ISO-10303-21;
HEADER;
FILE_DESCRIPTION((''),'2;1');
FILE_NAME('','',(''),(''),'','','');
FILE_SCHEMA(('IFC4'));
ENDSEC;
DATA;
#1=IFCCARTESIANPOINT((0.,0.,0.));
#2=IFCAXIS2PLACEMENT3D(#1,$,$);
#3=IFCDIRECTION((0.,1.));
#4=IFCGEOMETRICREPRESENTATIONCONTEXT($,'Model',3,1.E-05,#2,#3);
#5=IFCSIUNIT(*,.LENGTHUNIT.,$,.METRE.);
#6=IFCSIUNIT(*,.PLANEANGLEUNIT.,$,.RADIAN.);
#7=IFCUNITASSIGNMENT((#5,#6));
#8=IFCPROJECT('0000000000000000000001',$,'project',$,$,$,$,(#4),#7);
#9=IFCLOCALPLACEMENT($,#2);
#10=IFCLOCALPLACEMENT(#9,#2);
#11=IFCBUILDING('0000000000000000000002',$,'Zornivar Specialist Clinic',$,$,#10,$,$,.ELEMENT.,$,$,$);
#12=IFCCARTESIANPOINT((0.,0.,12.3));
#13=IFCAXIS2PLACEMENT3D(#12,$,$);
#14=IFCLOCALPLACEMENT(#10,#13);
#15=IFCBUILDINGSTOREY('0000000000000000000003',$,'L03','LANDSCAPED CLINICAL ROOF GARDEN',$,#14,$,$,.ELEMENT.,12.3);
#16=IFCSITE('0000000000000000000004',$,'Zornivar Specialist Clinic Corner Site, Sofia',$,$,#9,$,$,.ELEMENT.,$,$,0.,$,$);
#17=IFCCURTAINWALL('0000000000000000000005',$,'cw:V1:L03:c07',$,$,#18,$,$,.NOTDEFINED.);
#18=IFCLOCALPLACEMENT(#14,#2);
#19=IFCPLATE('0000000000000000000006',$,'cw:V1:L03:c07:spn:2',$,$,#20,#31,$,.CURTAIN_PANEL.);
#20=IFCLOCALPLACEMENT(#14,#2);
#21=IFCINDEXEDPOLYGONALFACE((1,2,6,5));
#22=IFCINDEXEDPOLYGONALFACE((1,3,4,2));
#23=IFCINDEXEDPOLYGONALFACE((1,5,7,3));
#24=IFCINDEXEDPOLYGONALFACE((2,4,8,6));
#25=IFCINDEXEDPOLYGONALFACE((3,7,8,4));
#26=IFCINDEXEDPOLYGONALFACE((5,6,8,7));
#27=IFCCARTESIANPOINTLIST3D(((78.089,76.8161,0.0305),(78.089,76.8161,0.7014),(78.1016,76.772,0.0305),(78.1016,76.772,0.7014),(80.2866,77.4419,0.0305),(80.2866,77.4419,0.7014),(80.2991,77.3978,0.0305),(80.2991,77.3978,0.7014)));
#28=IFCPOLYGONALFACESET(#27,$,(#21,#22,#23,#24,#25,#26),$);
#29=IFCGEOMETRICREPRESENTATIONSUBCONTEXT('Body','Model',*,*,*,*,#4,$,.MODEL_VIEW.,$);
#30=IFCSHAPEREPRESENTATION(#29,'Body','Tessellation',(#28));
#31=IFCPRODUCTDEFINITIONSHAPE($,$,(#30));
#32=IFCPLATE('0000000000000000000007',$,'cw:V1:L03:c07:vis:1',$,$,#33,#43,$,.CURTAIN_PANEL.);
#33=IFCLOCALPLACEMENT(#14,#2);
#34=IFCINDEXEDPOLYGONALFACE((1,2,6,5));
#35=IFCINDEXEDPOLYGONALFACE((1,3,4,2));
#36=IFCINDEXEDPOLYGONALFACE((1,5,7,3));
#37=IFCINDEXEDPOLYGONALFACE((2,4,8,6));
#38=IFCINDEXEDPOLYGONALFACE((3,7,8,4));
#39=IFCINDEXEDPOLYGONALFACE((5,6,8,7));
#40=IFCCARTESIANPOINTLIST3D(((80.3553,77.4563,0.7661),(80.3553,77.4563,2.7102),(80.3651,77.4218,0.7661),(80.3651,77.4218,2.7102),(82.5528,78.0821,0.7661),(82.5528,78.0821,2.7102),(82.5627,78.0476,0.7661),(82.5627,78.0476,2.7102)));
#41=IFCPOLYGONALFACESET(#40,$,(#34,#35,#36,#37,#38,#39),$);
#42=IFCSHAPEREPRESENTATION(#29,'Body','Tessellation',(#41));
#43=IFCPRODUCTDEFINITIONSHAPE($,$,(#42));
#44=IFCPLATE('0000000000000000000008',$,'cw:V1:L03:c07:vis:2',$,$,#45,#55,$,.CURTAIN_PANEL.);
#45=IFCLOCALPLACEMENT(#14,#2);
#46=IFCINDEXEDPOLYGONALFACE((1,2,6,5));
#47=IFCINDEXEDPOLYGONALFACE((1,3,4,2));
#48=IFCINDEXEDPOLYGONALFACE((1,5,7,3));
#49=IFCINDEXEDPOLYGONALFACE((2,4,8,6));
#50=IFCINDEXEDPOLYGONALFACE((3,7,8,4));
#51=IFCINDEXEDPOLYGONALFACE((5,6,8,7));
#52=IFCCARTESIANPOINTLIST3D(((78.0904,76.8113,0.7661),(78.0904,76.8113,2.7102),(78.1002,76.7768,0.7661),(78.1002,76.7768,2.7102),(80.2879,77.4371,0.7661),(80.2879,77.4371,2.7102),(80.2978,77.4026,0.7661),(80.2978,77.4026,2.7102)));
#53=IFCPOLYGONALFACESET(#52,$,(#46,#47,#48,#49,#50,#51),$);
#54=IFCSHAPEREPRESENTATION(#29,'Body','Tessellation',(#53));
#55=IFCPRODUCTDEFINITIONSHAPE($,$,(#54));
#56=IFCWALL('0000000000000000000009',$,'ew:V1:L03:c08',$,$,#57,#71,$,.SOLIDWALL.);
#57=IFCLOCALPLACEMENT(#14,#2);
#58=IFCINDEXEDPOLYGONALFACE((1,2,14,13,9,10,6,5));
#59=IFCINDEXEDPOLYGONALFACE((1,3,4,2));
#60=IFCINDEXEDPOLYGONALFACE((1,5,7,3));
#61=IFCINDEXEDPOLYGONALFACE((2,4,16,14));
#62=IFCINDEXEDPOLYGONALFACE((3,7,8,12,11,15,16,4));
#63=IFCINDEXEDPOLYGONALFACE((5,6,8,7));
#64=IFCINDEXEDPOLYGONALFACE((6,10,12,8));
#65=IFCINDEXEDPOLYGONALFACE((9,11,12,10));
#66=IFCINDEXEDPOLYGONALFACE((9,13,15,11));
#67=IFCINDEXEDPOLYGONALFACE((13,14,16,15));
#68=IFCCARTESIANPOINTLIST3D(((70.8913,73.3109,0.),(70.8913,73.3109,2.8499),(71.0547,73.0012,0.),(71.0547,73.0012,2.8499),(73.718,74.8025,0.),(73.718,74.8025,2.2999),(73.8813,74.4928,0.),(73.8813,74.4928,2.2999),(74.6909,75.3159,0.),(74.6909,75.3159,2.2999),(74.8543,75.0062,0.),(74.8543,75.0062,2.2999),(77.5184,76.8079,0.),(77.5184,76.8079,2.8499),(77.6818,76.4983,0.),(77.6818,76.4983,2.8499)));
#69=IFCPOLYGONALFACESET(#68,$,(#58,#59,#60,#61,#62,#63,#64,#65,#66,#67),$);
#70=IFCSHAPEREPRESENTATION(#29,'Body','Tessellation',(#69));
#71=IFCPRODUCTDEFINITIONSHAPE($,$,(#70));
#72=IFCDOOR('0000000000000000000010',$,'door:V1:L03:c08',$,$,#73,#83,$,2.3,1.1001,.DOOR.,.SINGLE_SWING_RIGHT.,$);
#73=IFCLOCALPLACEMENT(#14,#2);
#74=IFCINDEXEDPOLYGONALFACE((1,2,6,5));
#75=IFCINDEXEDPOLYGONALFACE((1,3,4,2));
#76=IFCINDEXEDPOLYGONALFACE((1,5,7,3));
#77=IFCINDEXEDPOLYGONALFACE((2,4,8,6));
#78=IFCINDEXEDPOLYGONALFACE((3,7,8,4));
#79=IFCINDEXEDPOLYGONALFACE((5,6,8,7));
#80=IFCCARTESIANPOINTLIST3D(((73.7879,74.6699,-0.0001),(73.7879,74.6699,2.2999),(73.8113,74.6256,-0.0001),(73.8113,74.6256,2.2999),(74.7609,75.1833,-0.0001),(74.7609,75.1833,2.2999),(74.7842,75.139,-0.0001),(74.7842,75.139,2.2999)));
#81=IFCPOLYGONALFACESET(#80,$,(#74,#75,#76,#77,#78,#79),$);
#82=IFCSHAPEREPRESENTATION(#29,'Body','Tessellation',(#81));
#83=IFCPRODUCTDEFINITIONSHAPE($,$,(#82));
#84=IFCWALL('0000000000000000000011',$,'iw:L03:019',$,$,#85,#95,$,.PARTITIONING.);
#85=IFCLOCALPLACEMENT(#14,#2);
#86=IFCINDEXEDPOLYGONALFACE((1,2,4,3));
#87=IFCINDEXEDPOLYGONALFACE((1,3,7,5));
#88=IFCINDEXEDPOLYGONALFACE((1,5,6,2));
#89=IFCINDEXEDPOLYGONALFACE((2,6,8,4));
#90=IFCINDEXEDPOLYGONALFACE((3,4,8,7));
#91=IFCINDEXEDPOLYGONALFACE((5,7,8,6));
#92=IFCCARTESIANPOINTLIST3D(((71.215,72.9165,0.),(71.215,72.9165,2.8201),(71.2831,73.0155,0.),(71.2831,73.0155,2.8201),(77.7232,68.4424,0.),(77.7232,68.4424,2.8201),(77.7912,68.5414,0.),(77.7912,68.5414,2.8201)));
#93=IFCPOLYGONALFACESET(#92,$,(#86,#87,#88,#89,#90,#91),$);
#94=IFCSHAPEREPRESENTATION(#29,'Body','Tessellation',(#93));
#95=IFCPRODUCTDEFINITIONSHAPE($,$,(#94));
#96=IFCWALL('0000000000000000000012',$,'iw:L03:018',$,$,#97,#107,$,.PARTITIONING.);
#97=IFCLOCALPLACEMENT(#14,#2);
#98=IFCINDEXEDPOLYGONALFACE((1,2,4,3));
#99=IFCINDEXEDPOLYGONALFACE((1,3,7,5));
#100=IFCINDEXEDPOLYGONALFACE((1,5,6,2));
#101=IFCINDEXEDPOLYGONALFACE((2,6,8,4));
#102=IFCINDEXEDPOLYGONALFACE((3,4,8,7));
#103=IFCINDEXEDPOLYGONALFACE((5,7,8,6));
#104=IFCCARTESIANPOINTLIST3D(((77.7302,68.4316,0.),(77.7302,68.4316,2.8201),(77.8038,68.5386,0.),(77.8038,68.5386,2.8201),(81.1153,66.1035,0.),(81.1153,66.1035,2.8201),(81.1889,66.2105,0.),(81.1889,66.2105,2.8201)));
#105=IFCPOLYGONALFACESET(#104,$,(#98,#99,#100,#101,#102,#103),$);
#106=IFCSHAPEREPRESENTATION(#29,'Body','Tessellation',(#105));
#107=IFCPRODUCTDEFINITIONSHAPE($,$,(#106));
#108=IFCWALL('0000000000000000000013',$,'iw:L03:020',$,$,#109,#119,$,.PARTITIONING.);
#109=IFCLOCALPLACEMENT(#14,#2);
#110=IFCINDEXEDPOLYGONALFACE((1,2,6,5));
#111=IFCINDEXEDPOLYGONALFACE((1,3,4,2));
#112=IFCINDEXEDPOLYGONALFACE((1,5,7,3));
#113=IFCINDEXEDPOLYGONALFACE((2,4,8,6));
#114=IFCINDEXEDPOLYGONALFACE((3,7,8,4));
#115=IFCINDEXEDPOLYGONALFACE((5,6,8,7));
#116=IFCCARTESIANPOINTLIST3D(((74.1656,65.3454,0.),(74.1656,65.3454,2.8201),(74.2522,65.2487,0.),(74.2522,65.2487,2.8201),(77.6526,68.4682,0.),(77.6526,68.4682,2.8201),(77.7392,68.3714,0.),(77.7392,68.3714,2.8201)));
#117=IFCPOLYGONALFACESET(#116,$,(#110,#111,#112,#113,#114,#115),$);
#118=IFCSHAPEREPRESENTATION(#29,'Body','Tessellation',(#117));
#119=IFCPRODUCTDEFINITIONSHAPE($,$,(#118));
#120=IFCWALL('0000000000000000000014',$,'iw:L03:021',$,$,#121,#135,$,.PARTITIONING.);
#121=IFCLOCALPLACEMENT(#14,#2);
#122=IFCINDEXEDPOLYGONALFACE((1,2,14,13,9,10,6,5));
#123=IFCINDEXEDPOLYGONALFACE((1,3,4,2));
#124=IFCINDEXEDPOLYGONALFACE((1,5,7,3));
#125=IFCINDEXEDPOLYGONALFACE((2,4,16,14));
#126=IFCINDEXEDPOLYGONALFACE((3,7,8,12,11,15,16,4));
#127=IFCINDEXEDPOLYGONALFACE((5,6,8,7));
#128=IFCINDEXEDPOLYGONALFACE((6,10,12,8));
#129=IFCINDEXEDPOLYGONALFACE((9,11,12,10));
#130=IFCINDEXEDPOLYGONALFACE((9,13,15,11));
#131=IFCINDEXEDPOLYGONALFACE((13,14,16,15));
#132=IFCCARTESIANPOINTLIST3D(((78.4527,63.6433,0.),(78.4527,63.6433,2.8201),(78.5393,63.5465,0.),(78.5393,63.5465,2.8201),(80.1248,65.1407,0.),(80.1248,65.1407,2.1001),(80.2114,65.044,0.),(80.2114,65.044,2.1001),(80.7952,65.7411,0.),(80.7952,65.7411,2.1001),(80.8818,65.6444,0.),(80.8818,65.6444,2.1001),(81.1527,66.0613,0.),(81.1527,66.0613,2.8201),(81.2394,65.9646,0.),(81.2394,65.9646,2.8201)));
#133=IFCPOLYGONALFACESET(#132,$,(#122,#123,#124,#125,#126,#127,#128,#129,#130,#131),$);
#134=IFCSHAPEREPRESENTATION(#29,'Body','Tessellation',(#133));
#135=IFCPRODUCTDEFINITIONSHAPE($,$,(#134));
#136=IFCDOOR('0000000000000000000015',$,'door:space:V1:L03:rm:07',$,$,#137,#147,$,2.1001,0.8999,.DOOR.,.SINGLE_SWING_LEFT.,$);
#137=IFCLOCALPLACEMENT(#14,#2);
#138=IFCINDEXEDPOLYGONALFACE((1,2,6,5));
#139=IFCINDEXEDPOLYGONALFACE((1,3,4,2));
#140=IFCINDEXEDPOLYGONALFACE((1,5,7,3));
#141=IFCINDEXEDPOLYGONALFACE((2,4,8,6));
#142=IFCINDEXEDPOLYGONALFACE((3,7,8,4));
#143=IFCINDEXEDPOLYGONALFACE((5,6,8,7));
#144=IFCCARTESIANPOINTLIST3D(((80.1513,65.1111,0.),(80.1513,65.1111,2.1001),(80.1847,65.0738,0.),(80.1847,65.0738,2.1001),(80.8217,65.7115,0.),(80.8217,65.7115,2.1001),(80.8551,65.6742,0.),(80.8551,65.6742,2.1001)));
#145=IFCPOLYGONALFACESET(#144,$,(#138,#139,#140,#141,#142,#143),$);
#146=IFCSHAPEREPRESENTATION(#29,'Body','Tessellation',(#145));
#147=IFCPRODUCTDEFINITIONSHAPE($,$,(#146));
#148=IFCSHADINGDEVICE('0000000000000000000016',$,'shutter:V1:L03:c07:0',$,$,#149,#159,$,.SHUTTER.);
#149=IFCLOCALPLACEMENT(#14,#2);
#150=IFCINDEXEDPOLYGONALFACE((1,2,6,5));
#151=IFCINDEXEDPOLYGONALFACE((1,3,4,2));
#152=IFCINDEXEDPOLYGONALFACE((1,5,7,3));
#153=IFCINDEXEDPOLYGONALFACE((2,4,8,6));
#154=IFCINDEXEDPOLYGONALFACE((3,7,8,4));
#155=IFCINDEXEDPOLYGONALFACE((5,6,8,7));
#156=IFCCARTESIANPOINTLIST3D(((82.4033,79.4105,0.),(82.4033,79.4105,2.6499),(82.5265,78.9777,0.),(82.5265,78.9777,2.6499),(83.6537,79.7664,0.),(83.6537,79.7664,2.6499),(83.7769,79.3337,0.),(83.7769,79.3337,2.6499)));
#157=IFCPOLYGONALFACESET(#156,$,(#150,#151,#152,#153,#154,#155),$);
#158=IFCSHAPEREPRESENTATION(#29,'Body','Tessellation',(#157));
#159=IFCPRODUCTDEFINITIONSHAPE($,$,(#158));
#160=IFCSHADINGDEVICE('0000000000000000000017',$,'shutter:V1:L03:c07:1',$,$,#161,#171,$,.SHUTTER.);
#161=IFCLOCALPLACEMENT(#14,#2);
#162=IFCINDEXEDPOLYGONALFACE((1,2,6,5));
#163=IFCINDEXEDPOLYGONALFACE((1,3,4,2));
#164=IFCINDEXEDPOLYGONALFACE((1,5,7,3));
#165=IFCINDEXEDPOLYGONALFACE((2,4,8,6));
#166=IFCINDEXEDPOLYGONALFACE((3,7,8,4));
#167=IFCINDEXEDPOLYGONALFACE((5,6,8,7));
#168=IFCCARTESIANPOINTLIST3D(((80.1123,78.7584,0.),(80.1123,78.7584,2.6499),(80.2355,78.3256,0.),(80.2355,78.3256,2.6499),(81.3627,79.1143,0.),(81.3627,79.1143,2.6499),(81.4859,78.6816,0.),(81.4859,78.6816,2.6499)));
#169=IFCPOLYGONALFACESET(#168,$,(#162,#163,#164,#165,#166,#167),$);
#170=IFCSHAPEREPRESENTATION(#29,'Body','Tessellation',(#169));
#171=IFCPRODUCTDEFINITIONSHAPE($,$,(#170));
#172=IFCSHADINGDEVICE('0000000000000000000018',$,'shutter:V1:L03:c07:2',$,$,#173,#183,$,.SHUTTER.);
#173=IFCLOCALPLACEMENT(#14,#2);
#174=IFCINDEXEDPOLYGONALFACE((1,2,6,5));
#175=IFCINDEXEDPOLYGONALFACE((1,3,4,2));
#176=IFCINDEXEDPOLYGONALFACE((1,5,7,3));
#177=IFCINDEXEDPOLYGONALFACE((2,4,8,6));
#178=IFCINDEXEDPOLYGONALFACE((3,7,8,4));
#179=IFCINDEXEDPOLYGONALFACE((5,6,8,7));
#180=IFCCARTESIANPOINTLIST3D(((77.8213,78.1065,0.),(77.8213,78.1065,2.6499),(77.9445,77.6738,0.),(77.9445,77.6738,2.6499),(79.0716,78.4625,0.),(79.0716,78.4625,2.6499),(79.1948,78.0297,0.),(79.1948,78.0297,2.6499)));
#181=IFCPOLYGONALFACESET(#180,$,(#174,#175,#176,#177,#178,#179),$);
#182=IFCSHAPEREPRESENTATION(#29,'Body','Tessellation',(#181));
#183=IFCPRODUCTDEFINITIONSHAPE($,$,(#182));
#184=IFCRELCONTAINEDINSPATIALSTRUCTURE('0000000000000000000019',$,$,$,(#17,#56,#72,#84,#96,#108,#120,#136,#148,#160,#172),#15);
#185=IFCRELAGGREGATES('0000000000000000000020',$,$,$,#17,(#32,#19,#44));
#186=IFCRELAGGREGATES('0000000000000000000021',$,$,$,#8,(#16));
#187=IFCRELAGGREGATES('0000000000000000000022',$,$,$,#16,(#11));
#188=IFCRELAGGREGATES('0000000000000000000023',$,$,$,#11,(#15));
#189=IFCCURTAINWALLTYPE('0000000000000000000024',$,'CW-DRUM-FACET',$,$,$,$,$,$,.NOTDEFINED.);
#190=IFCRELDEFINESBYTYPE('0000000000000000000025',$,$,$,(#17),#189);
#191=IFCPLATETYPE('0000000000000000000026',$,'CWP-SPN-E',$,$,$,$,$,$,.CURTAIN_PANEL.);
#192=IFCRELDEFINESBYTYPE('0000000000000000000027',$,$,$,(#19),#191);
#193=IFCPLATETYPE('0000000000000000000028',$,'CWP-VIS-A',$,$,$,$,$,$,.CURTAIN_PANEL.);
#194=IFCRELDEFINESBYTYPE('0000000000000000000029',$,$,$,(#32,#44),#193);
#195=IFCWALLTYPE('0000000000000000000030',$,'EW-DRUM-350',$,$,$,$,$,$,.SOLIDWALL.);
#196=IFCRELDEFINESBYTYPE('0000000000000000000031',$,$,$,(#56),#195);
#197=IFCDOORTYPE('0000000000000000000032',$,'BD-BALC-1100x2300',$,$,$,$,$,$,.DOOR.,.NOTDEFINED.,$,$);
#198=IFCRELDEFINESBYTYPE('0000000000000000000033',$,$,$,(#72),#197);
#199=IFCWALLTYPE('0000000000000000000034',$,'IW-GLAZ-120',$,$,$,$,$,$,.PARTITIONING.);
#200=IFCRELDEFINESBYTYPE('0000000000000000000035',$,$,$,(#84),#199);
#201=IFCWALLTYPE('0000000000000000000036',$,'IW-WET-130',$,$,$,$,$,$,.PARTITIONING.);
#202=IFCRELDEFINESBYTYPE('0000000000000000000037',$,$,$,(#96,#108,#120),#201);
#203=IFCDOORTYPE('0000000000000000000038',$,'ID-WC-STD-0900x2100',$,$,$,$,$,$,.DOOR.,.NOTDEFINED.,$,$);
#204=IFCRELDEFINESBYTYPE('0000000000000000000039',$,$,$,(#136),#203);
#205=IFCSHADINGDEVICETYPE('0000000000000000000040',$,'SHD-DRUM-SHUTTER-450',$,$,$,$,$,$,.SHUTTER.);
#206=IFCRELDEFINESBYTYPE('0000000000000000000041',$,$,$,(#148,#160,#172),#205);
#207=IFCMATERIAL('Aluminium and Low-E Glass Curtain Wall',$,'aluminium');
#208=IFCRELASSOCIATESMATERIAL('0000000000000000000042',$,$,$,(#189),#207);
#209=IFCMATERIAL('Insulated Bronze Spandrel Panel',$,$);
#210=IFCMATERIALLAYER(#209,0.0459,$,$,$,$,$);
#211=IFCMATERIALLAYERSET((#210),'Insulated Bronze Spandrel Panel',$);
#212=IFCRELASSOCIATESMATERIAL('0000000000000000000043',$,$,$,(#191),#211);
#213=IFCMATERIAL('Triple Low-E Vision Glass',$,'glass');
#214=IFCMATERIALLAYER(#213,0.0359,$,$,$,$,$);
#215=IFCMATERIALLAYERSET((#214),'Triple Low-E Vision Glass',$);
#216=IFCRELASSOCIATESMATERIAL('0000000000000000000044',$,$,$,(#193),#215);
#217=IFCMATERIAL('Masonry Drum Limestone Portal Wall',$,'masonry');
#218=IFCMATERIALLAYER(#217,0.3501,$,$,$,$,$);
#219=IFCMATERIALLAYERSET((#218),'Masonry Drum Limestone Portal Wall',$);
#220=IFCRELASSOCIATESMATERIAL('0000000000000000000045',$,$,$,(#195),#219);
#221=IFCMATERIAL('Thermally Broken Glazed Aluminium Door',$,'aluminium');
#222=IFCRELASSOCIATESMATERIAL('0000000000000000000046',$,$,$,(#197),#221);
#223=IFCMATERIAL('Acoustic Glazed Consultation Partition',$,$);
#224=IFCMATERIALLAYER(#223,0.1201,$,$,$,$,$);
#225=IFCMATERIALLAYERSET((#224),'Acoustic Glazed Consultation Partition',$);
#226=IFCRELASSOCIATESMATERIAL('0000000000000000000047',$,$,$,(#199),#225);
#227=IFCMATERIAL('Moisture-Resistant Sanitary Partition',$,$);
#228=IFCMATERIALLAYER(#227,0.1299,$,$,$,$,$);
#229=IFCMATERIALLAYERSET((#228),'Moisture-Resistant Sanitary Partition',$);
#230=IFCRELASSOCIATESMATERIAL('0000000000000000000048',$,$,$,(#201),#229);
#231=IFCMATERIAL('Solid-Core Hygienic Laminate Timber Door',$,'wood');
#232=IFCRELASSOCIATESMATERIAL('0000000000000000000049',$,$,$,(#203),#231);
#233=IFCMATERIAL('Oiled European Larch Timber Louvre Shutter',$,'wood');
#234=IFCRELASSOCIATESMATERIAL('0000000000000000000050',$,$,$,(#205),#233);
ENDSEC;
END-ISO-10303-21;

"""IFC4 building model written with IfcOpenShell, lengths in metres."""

from ifc_helpers import new_model, si_unit, direction, frame, frame_2d, origin, origin_2d, place, context, subcontext, project, spatial, rectangle, extrude, material, layer, layer_set, type_object, element, fill, aggregate, save


model = new_model("IFC4")

# Units and contexts
model_context = context("Model", 3, precision=1e-05, world=origin(), true_north=direction((0.0, 1.0)))
body_context = subcontext(model_context, "Body", "Model", "MODEL_VIEW")
ifc_project = project(units=[si_unit("LENGTHUNIT", "METRE"), si_unit("PLANEANGLEUNIT", "RADIAN")], contexts=[model_context])

# Site, building, storey
site_placement = place(None, origin())
site = spatial("IfcSite", under=ifc_project, at=site_placement, Name="Zornivar Specialist Clinic Corner Site, Sofia", CompositionType="ELEMENT", RefElevation=0.0)
building_placement = place(site_placement, origin())
building = spatial("IfcBuilding", under=site, at=building_placement, Name="Zornivar Specialist Clinic", CompositionType="ELEMENT")
storey_placement = place(building_placement, frame((0.0, 0.0, 12.3)))
storey = spatial("IfcBuildingStorey", under=building, at=storey_placement, Name="L03", Description="LANDSCAPED CLINICAL ROOF GARDEN", CompositionType="ELEMENT", Elevation=12.3)

# Curtain wall, plates
ifc_material_1 = material(Name="Aluminium and Low-E Glass Curtain Wall", Category="aluminium")
curtain_wall_type = type_object("IfcCurtainWallType", Name="CW-DRUM-FACET", PredefinedType="NOTDEFINED", material=ifc_material_1)
curtain_wall_placement = place(storey_placement, origin())
curtain_wall = element("IfcCurtainWall", 1, at=curtain_wall_placement, inside=storey, type_object=curtain_wall_type, Name="cw:V1:L03:c07", PredefinedType="NOTDEFINED")
ifc_material_2 = material(Name="Insulated Bronze Spandrel Panel")
ifc_layer_1 = layer(ifc_material_2, 0.0459)
ifc_layer_set_1 = layer_set([ifc_layer_1], Name="Insulated Bronze Spandrel Panel")
plate_type_1 = type_object("IfcPlateType", Name="CWP-SPN-E", PredefinedType="CURTAIN_PANEL", material=ifc_layer_set_1)
plate_1_placement = place(storey_placement, frame((79.1941, 77.1069, 0.0305), z_axis=(0.0, 0.0, 1.0), x_axis=(-0.961761, -0.273889, 0.0)))
plate_1 = element("IfcPlate", 2, at=plate_1_placement, type_object=plate_type_1, Name="cw:V1:L03:c07:spn:2", PredefinedType="CURTAIN_PANEL", context=body_context, shape_type="SweptSolid", body=[
    extrude(rectangle(XDim=2.2849, YDim=0.0459, at=origin_2d()), origin(), (0.0, 0.0, 1.0), 0.6709),
])
ifc_material_3 = material(Name="Triple Low-E Vision Glass", Category="glass")
ifc_layer_2 = layer(ifc_material_3, 0.0359)
ifc_layer_set_2 = layer_set([ifc_layer_2], Name="Triple Low-E Vision Glass")
plate_type_2 = type_object("IfcPlateType", Name="CWP-VIS-A", PredefinedType="CURTAIN_PANEL", material=ifc_layer_set_2)
plate_2_placement = place(storey_placement, frame((81.459, 77.752, 0.7661), z_axis=(0.0, 0.0, 1.0), x_axis=(-0.961761, -0.273889, 0.0)))
plate_2 = element("IfcPlate", 3, at=plate_2_placement, type_object=plate_type_2, Name="cw:V1:L03:c07:vis:1", PredefinedType="CURTAIN_PANEL", context=body_context, shape_type="SweptSolid", body=[
    extrude(rectangle(XDim=2.2849, YDim=0.0359, at=origin_2d()), origin(), (0.0, 0.0, 1.0), 1.9441),
])
plate_3_placement = place(storey_placement, frame((79.1941, 77.1069, 0.7661), z_axis=(0.0, 0.0, 1.0), x_axis=(-0.961761, -0.273889, 0.0)))
plate_3 = element("IfcPlate", 4, at=plate_3_placement, type_object=plate_type_2, Name="cw:V1:L03:c07:vis:2", PredefinedType="CURTAIN_PANEL", context=body_context, shape_type="SweptSolid", body=[
    extrude(rectangle(XDim=2.2849, YDim=0.0359, at=origin_2d()), origin(), (0.0, 0.0, 1.0), 1.9441),
])
aggregate(curtain_wall, [plate_2, plate_1, plate_3])

# Wall, opening, door
ifc_material_4 = material(Name="Masonry Drum Limestone Portal Wall", Category="masonry")
ifc_layer_3 = layer(ifc_material_4, 0.3501)
ifc_layer_set_3 = layer_set([ifc_layer_3], Name="Masonry Drum Limestone Portal Wall")
wall_type_1 = type_object("IfcWallType", Name="EW-DRUM-350", PredefinedType="SOLIDWALL", material=ifc_layer_set_3)
wall_1_placement = place(storey_placement, frame((77.6001, 76.6531, 0.0), z_axis=(0.0, 0.0, 1.0), x_axis=(-0.884419, -0.466694, 0.0)))
wall_1 = element("IfcWall", 5, at=wall_1_placement, inside=storey, type_object=wall_type_1, Name="ew:V1:L03:c08", PredefinedType="SOLIDWALL", context=body_context, shape_type="SweptSolid", body=[
    extrude(rectangle(XDim=7.4932, YDim=0.3501, at=frame_2d((3.7466, 0.0))), origin(), (0.0, 0.0, 1.0), 2.8499),
])
opening_1_placement = place(wall_1_placement, frame((3.197, 0.0, 0.0)))
opening_1 = element("IfcOpeningElement", 6, at=opening_1_placement, cuts=wall_1, PredefinedType="OPENING", context=body_context, shape_type="SweptSolid", body=[
    extrude(rectangle(XDim=1.1001, YDim=2.3, at=frame_2d((0.55, 1.1499))), frame((0.0, 0.1851, 0.0), z_axis=(0.0, -1.0, 0.0), x_axis=(1.0, 0.0, 0.0)), (0.0, 0.0, 1.0), 0.3701),
])
ifc_material_5 = material(Name="Thermally Broken Glazed Aluminium Door", Category="aluminium")
door_type_1 = type_object("IfcDoorType", Name="BD-BALC-1100x2300", OperationType="NOTDEFINED", PredefinedType="DOOR", material=ifc_material_5)
door_1_placement = place(opening_1_placement, origin())
door_1 = element("IfcDoor", 7, at=door_1_placement, inside=storey, type_object=door_type_1, Name="door:V1:L03:c08", OperationType="SINGLE_SWING_RIGHT", OverallHeight=2.3, OverallWidth=1.1001, PredefinedType="DOOR", context=body_context, shape_type="SweptSolid", body=[
    extrude(rectangle(XDim=1.1001, YDim=2.3, at=frame_2d((0.55, 1.1499))), frame((0.0, 0.0249, 0.0), z_axis=(0.0, -1.0, 0.0), x_axis=(1.0, 0.0, 0.0)), (0.0, 0.0, 1.0), 0.05),
])
fill(opening_1, door_1)

# Walls
ifc_material_6 = material(Name="Acoustic Glazed Consultation Partition")
ifc_layer_4 = layer(ifc_material_6, 0.1201)
ifc_layer_set_4 = layer_set([ifc_layer_4], Name="Acoustic Glazed Consultation Partition")
wall_type_2 = type_object("IfcWallType", Name="IW-GLAZ-120", PredefinedType="PARTITIONING", material=ifc_layer_set_4)
wall_2_placement = place(storey_placement, frame((77.7571, 68.4919, 0.0), z_axis=(0.0, 0.0, 1.0), x_axis=(-0.824052, 0.566514, 0.0)))
element("IfcWall", 8, at=wall_2_placement, inside=storey, type_object=wall_type_2, Name="iw:L03:019", PredefinedType="PARTITIONING", context=body_context, shape_type="SweptSolid", body=[
    extrude(rectangle(XDim=7.8977, YDim=0.1201, at=frame_2d((3.9487, 0.0))), origin(), (0.0, 0.0, 1.0), 2.8201),
])
ifc_material_7 = material(Name="Moisture-Resistant Sanitary Partition")
ifc_layer_5 = layer(ifc_material_7, 0.1299)
ifc_layer_set_5 = layer_set([ifc_layer_5], Name="Moisture-Resistant Sanitary Partition")
wall_type_3 = type_object("IfcWallType", Name="IW-WET-130", PredefinedType="PARTITIONING", material=ifc_layer_set_5)
wall_3_placement = place(storey_placement, frame((81.1521, 66.157, 0.0), z_axis=(0.0, 0.0, 1.0), x_axis=(-0.823936, 0.566683, 0.0)))
element("IfcWall", 9, at=wall_3_placement, inside=storey, type_object=wall_type_3, Name="iw:L03:018", PredefinedType="PARTITIONING", context=body_context, shape_type="SweptSolid", body=[
    extrude(rectangle(XDim=4.1084, YDim=0.1299, at=frame_2d((2.0542, 0.0))), origin(), (0.0, 0.0, 1.0), 2.8201),
])
wall_4_placement = place(storey_placement, frame((74.209, 65.2971, 0.0), z_axis=(0.0, 0.0, 1.0), x_axis=(0.744944, 0.667127, 0.0)))
element("IfcWall", 10, at=wall_4_placement, inside=storey, type_object=wall_type_3, Name="iw:L03:020", PredefinedType="PARTITIONING", context=body_context, shape_type="SweptSolid", body=[
    extrude(rectangle(XDim=4.6809, YDim=0.1299, at=frame_2d((2.3403, 0.0))), origin(), (0.0, 0.0, 1.0), 2.8201),
])

# Wall, opening, door
wall_5_placement = place(storey_placement, frame((81.196, 66.0129, 0.0), z_axis=(0.0, 0.0, 1.0), x_axis=(-0.744936, -0.667135, 0.0)))
wall_5 = element("IfcWall", 11, at=wall_5_placement, inside=storey, type_object=wall_type_3, Name="iw:L03:021", PredefinedType="PARTITIONING", context=body_context, shape_type="SweptSolid", body=[
    extrude(rectangle(XDim=3.6245, YDim=0.1299, at=frame_2d((1.8123, 0.0))), origin(), (0.0, 0.0, 1.0), 2.8201),
])
opening_2_placement = place(wall_5_placement, frame((0.48, 0.0, 0.0)))
opening_2 = element("IfcOpeningElement", 12, at=opening_2_placement, cuts=wall_5, PredefinedType="OPENING", context=body_context, shape_type="SweptSolid", body=[
    extrude(rectangle(XDim=0.8999, YDim=2.1001, at=frame_2d((0.45, 1.05))), frame((0.0, 0.075, 0.0), z_axis=(0.0, -1.0, 0.0), x_axis=(1.0, 0.0, 0.0)), (0.0, 0.0, 1.0), 0.1499),
])
ifc_material_8 = material(Name="Solid-Core Hygienic Laminate Timber Door", Category="wood")
door_type_2 = type_object("IfcDoorType", Name="ID-WC-STD-0900x2100", OperationType="NOTDEFINED", PredefinedType="DOOR", material=ifc_material_8)
door_2_placement = place(opening_2_placement, origin())
door_2 = element("IfcDoor", 13, at=door_2_placement, inside=storey, type_object=door_type_2, Name="door:space:V1:L03:rm:07", OperationType="SINGLE_SWING_LEFT", OverallHeight=2.1001, OverallWidth=0.8999, PredefinedType="DOOR", context=body_context, shape_type="SweptSolid", body=[
    extrude(rectangle(XDim=0.8999, YDim=2.1001, at=frame_2d((0.45, 1.05))), frame((0.0, 0.0249, 0.0), z_axis=(0.0, -1.0, 0.0), x_axis=(1.0, 0.0, 0.0)), (0.0, 0.0, 1.0), 0.05),
])
fill(opening_2, door_2)

# Shading devices
ifc_material_9 = material(Name="Oiled European Larch Timber Louvre Shutter", Category="wood")
shading_device_type = type_object("IfcShadingDeviceType", Name="SHD-DRUM-SHUTTER-450", PredefinedType="SHUTTER", material=ifc_material_9)
for number, where, z_axis, x_axis, name in (
    (14, (83.0901, 79.3721, 0.0), (0.0, 0.0, 1.0), (-0.961785, -0.273805, 0.0), "shutter:V1:L03:c07:0"),
    (15, (80.7991, 78.72, 0.0), (0.0, 0.0, 1.0), (-0.961785, -0.273805, 0.0), "shutter:V1:L03:c07:1"),
    (16, (78.5081, 78.0681, 0.0), (0.0, 0.0, 1.0), (-0.961785, -0.273805, 0.0), "shutter:V1:L03:c07:2"),
):
    element("IfcShadingDevice", number, at=place(storey_placement, frame(where, z_axis=z_axis, x_axis=x_axis)), inside=storey, type_object=shading_device_type, Name=name, PredefinedType="SHUTTER", context=body_context, shape_type="SweptSolid", body=[
        extrude(rectangle(XDim=1.3, YDim=0.45, at=origin_2d()), origin(), (0.0, 0.0, 1.0), 2.6499),
    ])

save(model, "model.ifc")
